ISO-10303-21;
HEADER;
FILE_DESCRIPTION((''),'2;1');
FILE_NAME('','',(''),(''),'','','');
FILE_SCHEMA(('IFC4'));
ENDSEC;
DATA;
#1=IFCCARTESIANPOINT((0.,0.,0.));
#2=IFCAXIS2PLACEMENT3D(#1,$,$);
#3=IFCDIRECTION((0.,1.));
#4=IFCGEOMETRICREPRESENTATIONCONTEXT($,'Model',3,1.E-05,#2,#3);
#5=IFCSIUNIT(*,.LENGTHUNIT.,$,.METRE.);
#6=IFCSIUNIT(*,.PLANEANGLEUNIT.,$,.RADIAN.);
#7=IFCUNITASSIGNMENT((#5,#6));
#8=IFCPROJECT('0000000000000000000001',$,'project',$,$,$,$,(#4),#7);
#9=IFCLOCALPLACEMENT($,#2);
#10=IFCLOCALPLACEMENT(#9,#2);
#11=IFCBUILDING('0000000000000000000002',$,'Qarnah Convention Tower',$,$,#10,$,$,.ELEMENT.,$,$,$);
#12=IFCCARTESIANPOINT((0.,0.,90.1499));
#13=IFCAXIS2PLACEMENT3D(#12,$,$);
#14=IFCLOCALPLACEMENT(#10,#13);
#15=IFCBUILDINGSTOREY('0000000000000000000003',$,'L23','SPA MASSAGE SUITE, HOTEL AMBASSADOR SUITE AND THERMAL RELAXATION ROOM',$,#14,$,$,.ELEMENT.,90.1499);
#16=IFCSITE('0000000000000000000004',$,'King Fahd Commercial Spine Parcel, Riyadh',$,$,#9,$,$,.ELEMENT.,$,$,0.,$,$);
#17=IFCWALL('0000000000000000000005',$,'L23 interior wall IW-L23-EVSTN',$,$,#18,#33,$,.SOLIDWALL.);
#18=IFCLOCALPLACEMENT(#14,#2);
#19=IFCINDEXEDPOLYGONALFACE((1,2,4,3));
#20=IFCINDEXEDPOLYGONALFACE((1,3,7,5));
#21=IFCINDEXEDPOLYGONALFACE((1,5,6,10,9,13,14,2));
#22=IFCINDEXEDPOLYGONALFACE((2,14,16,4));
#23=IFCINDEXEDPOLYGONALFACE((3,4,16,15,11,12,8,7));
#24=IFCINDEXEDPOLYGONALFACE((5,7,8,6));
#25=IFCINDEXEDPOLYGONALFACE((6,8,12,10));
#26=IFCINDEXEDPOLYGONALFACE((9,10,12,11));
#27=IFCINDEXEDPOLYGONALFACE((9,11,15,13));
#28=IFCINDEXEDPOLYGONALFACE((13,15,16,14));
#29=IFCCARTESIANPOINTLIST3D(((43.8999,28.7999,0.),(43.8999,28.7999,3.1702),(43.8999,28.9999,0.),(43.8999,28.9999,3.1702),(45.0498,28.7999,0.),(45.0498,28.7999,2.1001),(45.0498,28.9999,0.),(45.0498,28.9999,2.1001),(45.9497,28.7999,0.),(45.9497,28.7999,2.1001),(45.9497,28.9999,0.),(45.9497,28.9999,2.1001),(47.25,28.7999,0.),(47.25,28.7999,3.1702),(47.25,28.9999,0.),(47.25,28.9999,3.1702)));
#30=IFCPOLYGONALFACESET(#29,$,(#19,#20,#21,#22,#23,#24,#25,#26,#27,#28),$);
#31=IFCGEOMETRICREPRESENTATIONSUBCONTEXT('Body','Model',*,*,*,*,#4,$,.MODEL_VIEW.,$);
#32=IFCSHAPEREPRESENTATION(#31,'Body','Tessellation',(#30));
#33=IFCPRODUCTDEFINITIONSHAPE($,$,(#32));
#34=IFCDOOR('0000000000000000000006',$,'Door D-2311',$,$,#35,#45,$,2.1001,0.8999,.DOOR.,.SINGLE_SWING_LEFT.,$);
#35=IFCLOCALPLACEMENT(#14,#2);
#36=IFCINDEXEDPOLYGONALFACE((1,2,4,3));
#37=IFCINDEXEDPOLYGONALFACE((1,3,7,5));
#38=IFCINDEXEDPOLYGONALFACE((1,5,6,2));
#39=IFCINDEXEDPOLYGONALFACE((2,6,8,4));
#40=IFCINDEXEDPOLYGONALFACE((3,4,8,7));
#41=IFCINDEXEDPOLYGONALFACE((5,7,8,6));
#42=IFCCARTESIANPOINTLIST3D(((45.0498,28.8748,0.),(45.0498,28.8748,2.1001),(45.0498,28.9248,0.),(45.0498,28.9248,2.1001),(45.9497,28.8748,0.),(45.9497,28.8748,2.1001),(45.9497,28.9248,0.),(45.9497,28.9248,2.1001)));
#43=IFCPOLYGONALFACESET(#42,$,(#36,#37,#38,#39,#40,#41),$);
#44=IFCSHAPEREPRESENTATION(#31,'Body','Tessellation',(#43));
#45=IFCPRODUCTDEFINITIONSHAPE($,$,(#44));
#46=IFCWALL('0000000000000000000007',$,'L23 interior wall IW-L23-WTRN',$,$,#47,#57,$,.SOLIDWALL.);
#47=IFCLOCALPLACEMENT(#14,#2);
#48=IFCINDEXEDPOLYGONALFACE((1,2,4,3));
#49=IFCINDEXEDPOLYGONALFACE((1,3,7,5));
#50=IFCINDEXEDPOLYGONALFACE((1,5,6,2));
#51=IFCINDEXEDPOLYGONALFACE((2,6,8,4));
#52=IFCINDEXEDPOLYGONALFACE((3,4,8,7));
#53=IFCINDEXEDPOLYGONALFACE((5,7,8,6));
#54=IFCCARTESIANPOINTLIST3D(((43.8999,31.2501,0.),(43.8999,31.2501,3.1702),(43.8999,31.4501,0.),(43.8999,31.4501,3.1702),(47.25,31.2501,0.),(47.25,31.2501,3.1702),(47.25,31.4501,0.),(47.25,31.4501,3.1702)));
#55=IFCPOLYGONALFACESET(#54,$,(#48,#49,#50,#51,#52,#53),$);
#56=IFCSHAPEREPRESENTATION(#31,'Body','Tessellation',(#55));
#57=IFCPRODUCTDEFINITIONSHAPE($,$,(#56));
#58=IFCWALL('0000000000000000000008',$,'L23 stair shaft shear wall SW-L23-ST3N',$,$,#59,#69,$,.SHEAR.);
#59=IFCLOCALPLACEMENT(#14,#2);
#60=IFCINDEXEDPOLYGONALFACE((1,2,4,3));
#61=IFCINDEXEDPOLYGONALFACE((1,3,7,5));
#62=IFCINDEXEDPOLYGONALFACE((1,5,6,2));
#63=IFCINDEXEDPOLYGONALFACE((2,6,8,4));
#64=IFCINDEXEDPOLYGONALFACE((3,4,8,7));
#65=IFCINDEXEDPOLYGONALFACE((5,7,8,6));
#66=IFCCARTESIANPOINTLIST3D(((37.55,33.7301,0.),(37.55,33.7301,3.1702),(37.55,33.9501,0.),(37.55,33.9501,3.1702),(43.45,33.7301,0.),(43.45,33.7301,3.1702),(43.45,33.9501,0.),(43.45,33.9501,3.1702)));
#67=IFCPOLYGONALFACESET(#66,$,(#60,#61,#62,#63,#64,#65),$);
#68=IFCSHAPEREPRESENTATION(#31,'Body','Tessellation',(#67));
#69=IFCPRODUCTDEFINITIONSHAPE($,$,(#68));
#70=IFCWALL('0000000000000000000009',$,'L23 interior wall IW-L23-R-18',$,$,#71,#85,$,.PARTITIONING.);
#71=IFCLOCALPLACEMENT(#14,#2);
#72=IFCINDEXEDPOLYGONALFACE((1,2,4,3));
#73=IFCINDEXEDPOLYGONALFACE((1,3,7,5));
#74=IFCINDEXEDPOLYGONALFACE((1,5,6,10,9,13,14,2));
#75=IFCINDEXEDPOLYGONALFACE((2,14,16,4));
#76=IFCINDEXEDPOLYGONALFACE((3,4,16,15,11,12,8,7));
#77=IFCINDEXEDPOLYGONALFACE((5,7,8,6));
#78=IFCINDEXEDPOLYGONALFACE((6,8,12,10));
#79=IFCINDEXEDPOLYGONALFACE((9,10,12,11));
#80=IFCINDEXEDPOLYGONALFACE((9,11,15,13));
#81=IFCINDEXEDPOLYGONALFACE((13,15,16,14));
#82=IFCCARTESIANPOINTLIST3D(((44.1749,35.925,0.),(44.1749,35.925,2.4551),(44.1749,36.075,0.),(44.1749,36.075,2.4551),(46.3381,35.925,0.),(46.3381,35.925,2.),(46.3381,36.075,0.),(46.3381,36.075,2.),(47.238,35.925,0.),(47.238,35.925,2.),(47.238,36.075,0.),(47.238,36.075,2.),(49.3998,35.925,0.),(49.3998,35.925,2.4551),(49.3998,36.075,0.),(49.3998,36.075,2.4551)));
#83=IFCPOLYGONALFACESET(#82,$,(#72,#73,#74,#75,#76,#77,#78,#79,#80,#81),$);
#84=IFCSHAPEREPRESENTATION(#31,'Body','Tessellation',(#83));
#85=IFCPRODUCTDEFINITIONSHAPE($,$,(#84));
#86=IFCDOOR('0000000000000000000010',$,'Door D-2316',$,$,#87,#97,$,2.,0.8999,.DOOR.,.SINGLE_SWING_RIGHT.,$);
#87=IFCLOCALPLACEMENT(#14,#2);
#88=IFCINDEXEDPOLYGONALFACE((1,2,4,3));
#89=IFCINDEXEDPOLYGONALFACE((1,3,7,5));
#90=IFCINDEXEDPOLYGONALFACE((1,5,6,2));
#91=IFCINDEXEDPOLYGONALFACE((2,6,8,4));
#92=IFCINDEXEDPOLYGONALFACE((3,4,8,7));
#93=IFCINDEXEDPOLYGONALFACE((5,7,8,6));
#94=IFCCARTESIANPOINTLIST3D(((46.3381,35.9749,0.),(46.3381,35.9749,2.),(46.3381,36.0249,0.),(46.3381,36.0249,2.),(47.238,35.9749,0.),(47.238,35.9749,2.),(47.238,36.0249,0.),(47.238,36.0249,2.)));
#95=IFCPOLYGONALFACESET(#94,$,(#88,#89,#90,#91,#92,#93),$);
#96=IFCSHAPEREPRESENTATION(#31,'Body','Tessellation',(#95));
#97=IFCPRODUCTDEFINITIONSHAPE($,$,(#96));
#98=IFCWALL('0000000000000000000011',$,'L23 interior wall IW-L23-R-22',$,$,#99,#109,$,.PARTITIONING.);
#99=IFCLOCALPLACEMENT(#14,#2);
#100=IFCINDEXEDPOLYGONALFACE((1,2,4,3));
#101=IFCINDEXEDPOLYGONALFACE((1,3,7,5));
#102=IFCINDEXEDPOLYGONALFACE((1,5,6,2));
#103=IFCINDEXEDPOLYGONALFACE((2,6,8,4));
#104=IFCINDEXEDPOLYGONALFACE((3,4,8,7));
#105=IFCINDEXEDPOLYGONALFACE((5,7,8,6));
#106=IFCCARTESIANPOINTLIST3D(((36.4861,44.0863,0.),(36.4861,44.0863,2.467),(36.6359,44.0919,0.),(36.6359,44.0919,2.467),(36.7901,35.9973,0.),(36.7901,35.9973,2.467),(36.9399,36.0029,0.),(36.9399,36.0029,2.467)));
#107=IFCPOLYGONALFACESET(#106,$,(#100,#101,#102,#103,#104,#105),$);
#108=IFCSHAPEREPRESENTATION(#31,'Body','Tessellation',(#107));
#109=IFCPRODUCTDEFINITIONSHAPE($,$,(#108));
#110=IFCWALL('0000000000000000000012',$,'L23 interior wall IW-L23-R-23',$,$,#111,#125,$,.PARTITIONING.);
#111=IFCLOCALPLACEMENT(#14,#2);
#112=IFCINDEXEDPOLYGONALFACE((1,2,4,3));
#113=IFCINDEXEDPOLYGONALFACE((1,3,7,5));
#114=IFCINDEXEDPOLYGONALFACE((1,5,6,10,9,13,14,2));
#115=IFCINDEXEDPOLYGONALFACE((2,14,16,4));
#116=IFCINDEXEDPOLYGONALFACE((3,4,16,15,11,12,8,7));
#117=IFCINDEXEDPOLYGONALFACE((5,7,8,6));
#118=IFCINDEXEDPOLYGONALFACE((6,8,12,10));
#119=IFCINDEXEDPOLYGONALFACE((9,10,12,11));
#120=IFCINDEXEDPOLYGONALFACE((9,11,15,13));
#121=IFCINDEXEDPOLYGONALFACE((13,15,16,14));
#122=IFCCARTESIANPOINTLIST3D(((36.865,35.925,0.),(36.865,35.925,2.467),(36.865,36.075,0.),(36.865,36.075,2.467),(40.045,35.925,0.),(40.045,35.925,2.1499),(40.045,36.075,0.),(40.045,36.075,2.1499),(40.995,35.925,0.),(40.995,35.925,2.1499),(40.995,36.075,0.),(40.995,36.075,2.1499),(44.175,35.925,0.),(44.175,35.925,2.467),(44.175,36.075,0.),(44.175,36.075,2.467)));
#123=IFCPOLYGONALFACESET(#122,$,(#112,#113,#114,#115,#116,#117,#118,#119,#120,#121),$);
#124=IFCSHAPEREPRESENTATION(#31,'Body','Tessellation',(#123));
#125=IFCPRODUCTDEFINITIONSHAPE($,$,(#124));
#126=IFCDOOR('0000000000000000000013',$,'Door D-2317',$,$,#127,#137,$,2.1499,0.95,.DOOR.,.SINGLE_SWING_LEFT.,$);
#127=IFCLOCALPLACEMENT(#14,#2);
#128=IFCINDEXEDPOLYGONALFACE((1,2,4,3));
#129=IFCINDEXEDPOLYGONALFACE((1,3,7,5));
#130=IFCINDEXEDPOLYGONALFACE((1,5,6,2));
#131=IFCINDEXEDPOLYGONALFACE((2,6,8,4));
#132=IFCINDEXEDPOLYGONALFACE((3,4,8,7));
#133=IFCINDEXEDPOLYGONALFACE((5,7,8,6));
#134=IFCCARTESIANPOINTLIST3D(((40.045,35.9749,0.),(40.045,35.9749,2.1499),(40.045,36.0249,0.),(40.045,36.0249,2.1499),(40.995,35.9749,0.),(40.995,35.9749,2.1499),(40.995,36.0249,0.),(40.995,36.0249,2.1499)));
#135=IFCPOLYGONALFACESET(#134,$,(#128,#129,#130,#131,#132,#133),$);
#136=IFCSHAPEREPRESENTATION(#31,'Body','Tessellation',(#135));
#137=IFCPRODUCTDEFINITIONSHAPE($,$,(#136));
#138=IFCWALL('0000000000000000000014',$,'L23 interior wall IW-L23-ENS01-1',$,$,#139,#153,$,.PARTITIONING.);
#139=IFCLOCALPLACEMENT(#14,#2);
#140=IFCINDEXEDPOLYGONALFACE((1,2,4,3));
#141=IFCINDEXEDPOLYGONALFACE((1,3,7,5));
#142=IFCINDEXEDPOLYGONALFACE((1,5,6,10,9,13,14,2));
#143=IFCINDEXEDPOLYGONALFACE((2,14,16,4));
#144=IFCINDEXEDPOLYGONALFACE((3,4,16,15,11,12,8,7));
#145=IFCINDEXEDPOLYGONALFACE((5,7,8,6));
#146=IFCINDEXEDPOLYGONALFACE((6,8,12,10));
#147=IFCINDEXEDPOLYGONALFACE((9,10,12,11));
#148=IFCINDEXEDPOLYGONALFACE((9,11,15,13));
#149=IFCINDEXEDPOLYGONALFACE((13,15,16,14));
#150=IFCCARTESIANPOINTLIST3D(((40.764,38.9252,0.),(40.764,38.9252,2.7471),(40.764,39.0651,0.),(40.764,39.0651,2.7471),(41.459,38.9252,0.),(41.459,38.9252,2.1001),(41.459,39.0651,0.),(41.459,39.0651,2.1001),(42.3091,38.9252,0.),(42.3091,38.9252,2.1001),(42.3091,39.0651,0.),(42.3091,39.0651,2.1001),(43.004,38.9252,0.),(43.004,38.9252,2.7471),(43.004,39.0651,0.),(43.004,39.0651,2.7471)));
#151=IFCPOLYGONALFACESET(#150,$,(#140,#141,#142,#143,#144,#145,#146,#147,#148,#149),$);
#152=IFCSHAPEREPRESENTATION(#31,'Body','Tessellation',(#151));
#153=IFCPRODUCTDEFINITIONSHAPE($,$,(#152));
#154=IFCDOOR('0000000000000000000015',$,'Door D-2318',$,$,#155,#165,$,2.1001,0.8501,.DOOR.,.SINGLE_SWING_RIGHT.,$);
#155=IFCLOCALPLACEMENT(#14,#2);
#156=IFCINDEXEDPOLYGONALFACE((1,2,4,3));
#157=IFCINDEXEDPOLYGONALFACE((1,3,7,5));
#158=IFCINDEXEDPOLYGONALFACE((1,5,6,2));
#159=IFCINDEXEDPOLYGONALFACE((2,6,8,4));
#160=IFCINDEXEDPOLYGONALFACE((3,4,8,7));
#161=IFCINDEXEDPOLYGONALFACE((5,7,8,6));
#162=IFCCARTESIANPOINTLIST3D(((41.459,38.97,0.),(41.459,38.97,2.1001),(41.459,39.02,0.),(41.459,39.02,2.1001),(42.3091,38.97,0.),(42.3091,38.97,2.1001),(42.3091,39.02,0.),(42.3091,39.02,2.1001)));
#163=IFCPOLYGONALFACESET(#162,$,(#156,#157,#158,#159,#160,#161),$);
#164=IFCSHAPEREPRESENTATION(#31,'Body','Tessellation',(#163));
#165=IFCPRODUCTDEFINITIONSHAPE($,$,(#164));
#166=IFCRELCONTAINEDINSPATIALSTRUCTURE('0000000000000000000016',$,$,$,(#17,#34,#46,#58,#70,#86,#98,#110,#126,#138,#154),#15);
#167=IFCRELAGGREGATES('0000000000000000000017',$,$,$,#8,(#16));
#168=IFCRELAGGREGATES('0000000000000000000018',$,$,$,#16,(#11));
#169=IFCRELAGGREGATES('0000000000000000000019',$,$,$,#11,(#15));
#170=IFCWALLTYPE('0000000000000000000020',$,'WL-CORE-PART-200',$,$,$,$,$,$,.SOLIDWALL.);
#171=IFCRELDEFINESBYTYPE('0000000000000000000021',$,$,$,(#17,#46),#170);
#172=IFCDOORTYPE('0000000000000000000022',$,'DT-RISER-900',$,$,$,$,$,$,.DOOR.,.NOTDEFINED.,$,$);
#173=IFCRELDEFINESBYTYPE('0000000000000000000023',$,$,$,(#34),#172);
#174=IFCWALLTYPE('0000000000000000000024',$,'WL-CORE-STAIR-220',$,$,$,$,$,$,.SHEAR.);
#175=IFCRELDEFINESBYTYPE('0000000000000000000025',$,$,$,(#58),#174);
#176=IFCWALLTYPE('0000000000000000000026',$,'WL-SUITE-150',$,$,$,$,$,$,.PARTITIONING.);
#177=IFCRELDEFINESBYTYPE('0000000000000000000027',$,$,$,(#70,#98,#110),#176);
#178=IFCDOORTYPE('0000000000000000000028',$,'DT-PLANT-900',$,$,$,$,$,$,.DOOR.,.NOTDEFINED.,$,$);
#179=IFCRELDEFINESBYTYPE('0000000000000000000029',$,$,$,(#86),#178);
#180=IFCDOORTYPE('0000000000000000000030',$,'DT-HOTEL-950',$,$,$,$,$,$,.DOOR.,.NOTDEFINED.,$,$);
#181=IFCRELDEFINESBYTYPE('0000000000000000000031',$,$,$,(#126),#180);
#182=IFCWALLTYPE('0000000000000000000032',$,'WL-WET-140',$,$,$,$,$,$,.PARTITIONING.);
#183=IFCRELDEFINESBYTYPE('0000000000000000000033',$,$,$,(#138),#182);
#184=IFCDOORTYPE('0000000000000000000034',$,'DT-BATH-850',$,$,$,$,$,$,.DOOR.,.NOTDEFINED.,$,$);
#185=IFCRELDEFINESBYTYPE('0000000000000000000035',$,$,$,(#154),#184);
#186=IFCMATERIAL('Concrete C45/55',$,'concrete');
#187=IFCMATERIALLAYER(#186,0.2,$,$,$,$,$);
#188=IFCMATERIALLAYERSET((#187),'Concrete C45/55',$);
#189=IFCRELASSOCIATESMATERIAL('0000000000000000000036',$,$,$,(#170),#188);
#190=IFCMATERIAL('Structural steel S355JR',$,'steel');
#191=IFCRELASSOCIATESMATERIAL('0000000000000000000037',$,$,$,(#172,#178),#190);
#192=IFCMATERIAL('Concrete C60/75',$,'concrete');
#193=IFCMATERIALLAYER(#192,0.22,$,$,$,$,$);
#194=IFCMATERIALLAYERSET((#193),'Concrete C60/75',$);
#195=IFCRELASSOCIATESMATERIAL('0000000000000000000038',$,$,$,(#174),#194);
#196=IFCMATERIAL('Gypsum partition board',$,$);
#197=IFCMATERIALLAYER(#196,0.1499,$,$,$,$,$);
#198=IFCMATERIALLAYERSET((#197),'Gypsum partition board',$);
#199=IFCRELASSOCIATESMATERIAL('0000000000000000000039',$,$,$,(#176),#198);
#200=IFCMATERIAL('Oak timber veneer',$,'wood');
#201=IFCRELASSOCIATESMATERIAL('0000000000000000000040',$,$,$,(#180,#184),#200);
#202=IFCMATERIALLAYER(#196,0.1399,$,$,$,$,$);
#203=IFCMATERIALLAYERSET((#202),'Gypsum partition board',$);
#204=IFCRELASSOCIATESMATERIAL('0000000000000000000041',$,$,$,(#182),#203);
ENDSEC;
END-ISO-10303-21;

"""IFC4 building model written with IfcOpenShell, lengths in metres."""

from ifc_helpers import new_model, si_unit, direction, frame, frame_2d, origin, place, context, subcontext, project, spatial, rectangle, extrude, material, layer, layer_set, type_object, element, fill, save


model = new_model("IFC4")

# Units and contexts
model_context = context("Model", 3, precision=1e-05, world=origin(), true_north=direction((0.0, 1.0)))
body_context = subcontext(model_context, "Body", "Model", "MODEL_VIEW")
ifc_project = project(units=[si_unit("LENGTHUNIT", "METRE"), si_unit("PLANEANGLEUNIT", "RADIAN")], contexts=[model_context])

# Site, building, storey
site_placement = place(None, origin())
site = spatial("IfcSite", under=ifc_project, at=site_placement, Name="King Fahd Commercial Spine Parcel, Riyadh", CompositionType="ELEMENT", RefElevation=0.0)
building_placement = place(site_placement, origin())
building = spatial("IfcBuilding", under=site, at=building_placement, Name="Qarnah Convention Tower", CompositionType="ELEMENT")
storey_placement = place(building_placement, frame((0.0, 0.0, 90.1499)))
storey = spatial("IfcBuildingStorey", under=building, at=storey_placement, Name="L23", Description="SPA MASSAGE SUITE, HOTEL AMBASSADOR SUITE AND THERMAL RELAXATION ROOM", CompositionType="ELEMENT", Elevation=90.1499)

# Shared definitions
ifc_material_1 = material(Name="Concrete C60/75", Category="concrete")

# Shared definitions
ifc_material_2 = material(Name="Structural steel S355JR", Category="steel")

# Wall, opening, door
ifc_material_3 = material(Name="Concrete C45/55", Category="concrete")
ifc_layer_1 = layer(ifc_material_3, 0.2)
ifc_layer_set_1 = layer_set([ifc_layer_1], Name="Concrete C45/55")
wall_type_1 = type_object("IfcWallType", Name="WL-CORE-PART-200", PredefinedType="SOLIDWALL", material=ifc_layer_set_1)
wall_1_placement = place(storey_placement, frame((43.8999, 28.8999, 0.0), z_axis=(0.0, 0.0, 1.0), x_axis=(1.0, 0.0, 0.0)))
wall_1 = element("IfcWall", 1, at=wall_1_placement, inside=storey, type_object=wall_type_1, Name="L23 interior wall IW-L23-EVSTN", PredefinedType="SOLIDWALL", context=body_context, shape_type="SweptSolid", body=[
    extrude(rectangle(XDim=3.3501, YDim=0.2, at=frame_2d((1.675, 0.0))), origin(), (0.0, 0.0, 1.0), 3.1702),
])
opening_1_placement = place(wall_1_placement, frame((1.1499, 0.0, 0.0)))
opening_1 = element("IfcOpeningElement", 2, at=opening_1_placement, cuts=wall_1, PredefinedType="OPENING", context=body_context, shape_type="SweptSolid", body=[
    extrude(rectangle(XDim=0.8999, YDim=2.1001, at=frame_2d((0.45, 1.05))), frame((0.0, 0.1099, 0.0), z_axis=(0.0, -1.0, 0.0), x_axis=(1.0, 0.0, 0.0)), (0.0, 0.0, 1.0), 0.22),
])
door_type_1 = type_object("IfcDoorType", Name="DT-RISER-900", OperationType="NOTDEFINED", PredefinedType="DOOR", material=ifc_material_2)
door_1_placement = place(opening_1_placement, origin())
door_1 = element("IfcDoor", 3, at=door_1_placement, inside=storey, type_object=door_type_1, Name="Door D-2311", OperationType="SINGLE_SWING_LEFT", OverallHeight=2.1001, OverallWidth=0.8999, PredefinedType="DOOR", context=body_context, shape_type="SweptSolid", body=[
    extrude(rectangle(XDim=0.8999, YDim=2.1001, at=frame_2d((0.45, 1.05))), frame((0.0, 0.0249, 0.0), z_axis=(0.0, -1.0, 0.0), x_axis=(1.0, 0.0, 0.0)), (0.0, 0.0, 1.0), 0.05),
])
fill(opening_1, door_1)

# Walls
wall_2_placement = place(storey_placement, frame((43.8999, 31.3501, 0.0), z_axis=(0.0, 0.0, 1.0), x_axis=(1.0, 0.0, 0.0)))
element("IfcWall", 4, at=wall_2_placement, inside=storey, type_object=wall_type_1, Name="L23 interior wall IW-L23-WTRN", PredefinedType="SOLIDWALL", context=body_context, shape_type="SweptSolid", body=[
    extrude(rectangle(XDim=3.3501, YDim=0.2, at=frame_2d((1.675, 0.0))), origin(), (0.0, 0.0, 1.0), 3.1702),
])
ifc_layer_2 = layer(ifc_material_1, 0.22)
ifc_layer_set_2 = layer_set([ifc_layer_2], Name="Concrete C60/75")
wall_type_2 = type_object("IfcWallType", Name="WL-CORE-STAIR-220", PredefinedType="SHEAR", material=ifc_layer_set_2)
wall_3_placement = place(storey_placement, frame((37.55, 33.8401, 0.0), z_axis=(0.0, 0.0, 1.0), x_axis=(1.0, 0.0, 0.0)))
element("IfcWall", 5, at=wall_3_placement, inside=storey, type_object=wall_type_2, Name="L23 stair shaft shear wall SW-L23-ST3N", PredefinedType="SHEAR", context=body_context, shape_type="SweptSolid", body=[
    extrude(rectangle(XDim=5.8999, YDim=0.22, at=frame_2d((2.95, 0.0))), origin(), (0.0, 0.0, 1.0), 3.1702),
])

# Wall, opening, door
ifc_material_4 = material(Name="Gypsum partition board")
ifc_layer_3 = layer(ifc_material_4, 0.1499)
ifc_layer_set_3 = layer_set([ifc_layer_3], Name="Gypsum partition board")
wall_type_3 = type_object("IfcWallType", Name="WL-SUITE-150", PredefinedType="PARTITIONING", material=ifc_layer_set_3)
wall_4_placement = place(storey_placement, frame((44.175, 36.0, 0.0), z_axis=(0.0, 0.0, 1.0), x_axis=(1.0, 0.0, 0.0)))
wall_4 = element("IfcWall", 6, at=wall_4_placement, inside=storey, type_object=wall_type_3, Name="L23 interior wall IW-L23-R-18", PredefinedType="PARTITIONING", context=body_context, shape_type="SweptSolid", body=[
    extrude(rectangle(XDim=5.2249, YDim=0.1499, at=frame_2d((2.6123, 0.0))), origin(), (0.0, 0.0, 1.0), 2.4551),
])
opening_2_placement = place(wall_4_placement, frame((2.1631, 0.0, 0.0)))
opening_2 = element("IfcOpeningElement", 7, at=opening_2_placement, cuts=wall_4, PredefinedType="OPENING", context=body_context, shape_type="SweptSolid", body=[
    extrude(rectangle(XDim=0.8999, YDim=2.0, at=frame_2d((0.45, 1.0))), frame((0.0, 0.085, 0.0), z_axis=(0.0, -1.0, 0.0), x_axis=(1.0, 0.0, 0.0)), (0.0, 0.0, 1.0), 0.1699),
])
door_type_2 = type_object("IfcDoorType", Name="DT-PLANT-900", OperationType="NOTDEFINED", PredefinedType="DOOR", material=ifc_material_2)
door_2_placement = place(opening_2_placement, origin())
door_2 = element("IfcDoor", 8, at=door_2_placement, inside=storey, type_object=door_type_2, Name="Door D-2316", OperationType="SINGLE_SWING_RIGHT", OverallHeight=2.0, OverallWidth=0.8999, PredefinedType="DOOR", context=body_context, shape_type="SweptSolid", body=[
    extrude(rectangle(XDim=0.8999, YDim=2.0, at=frame_2d((0.45, 1.0))), frame((0.0, 0.0249, 0.0), z_axis=(0.0, -1.0, 0.0), x_axis=(1.0, 0.0, 0.0)), (0.0, 0.0, 1.0), 0.05),
])
fill(opening_2, door_2)

# Wall
wall_5_placement = place(storey_placement, frame((36.561, 44.0891, 0.0), z_axis=(0.0, 0.0, 1.0), x_axis=(0.037549, -0.999295, 0.0)))
element("IfcWall", 9, at=wall_5_placement, inside=storey, type_object=wall_type_3, Name="L23 interior wall IW-L23-R-22", PredefinedType="PARTITIONING", context=body_context, shape_type="SweptSolid", body=[
    extrude(rectangle(XDim=8.0947, YDim=0.1499, at=frame_2d((4.0474, 0.0))), origin(), (0.0, 0.0, 1.0), 2.467),
])

# Walls, openings, doors
wall_6_placement = place(storey_placement, frame((36.865, 36.0, 0.0), z_axis=(0.0, 0.0, 1.0), x_axis=(1.0, 0.0, 0.0)))
wall_6 = element("IfcWall", 10, at=wall_6_placement, inside=storey, type_object=wall_type_3, Name="L23 interior wall IW-L23-R-23", PredefinedType="PARTITIONING", context=body_context, shape_type="SweptSolid", body=[
    extrude(rectangle(XDim=7.3101, YDim=0.1499, at=frame_2d((3.655, 0.0))), origin(), (0.0, 0.0, 1.0), 2.467),
])
opening_3_placement = place(wall_6_placement, frame((3.1799, 0.0, 0.0)))
opening_3 = element("IfcOpeningElement", 11, at=opening_3_placement, cuts=wall_6, PredefinedType="OPENING", context=body_context, shape_type="SweptSolid", body=[
    extrude(rectangle(XDim=0.95, YDim=2.1499, at=frame_2d((0.4751, 1.075))), frame((0.0, 0.085, 0.0), z_axis=(0.0, -1.0, 0.0), x_axis=(1.0, 0.0, 0.0)), (0.0, 0.0, 1.0), 0.1699),
])
ifc_material_5 = material(Name="Oak timber veneer", Category="wood")
door_type_3 = type_object("IfcDoorType", Name="DT-HOTEL-950", OperationType="NOTDEFINED", PredefinedType="DOOR", material=ifc_material_5)
door_3_placement = place(opening_3_placement, origin())
door_3 = element("IfcDoor", 12, at=door_3_placement, inside=storey, type_object=door_type_3, Name="Door D-2317", OperationType="SINGLE_SWING_LEFT", OverallHeight=2.1499, OverallWidth=0.95, PredefinedType="DOOR", context=body_context, shape_type="SweptSolid", body=[
    extrude(rectangle(XDim=0.95, YDim=2.1499, at=frame_2d((0.4751, 1.075))), frame((0.0, 0.0249, 0.0), z_axis=(0.0, -1.0, 0.0), x_axis=(1.0, 0.0, 0.0)), (0.0, 0.0, 1.0), 0.05),
])
fill(opening_3, door_3)
ifc_layer_4 = layer(ifc_material_4, 0.1399)
ifc_layer_set_4 = layer_set([ifc_layer_4], Name="Gypsum partition board")
wall_type_4 = type_object("IfcWallType", Name="WL-WET-140", PredefinedType="PARTITIONING", material=ifc_layer_set_4)
wall_7_placement = place(storey_placement, frame((40.7639, 38.9951, 0.0), z_axis=(0.0, 0.0, 1.0), x_axis=(1.0, 0.0, 0.0)))
wall_7 = element("IfcWall", 13, at=wall_7_placement, inside=storey, type_object=wall_type_4, Name="L23 interior wall IW-L23-ENS01-1", PredefinedType="PARTITIONING", context=body_context, shape_type="SweptSolid", body=[
    extrude(rectangle(XDim=2.24, YDim=0.1399, at=frame_2d((1.1201, 0.0))), origin(), (0.0, 0.0, 1.0), 2.7471),
])
opening_4_placement = place(wall_7_placement, frame((0.6951, 0.0, 0.0)))
opening_4 = element("IfcOpeningElement", 14, at=opening_4_placement, cuts=wall_7, PredefinedType="OPENING", context=body_context, shape_type="SweptSolid", body=[
    extrude(rectangle(XDim=0.8501, YDim=2.1001, at=frame_2d((0.425, 1.05))), frame((0.0, 0.0798, 0.0), z_axis=(0.0, -1.0, 0.0), x_axis=(1.0, 0.0, 0.0)), (0.0, 0.0, 1.0), 0.1599),
])
door_type_4 = type_object("IfcDoorType", Name="DT-BATH-850", OperationType="NOTDEFINED", PredefinedType="DOOR", material=ifc_material_5)
door_4_placement = place(opening_4_placement, origin())
door_4 = element("IfcDoor", 15, at=door_4_placement, inside=storey, type_object=door_type_4, Name="Door D-2318", OperationType="SINGLE_SWING_RIGHT", OverallHeight=2.1001, OverallWidth=0.8501, PredefinedType="DOOR", context=body_context, shape_type="SweptSolid", body=[
    extrude(rectangle(XDim=0.8501, YDim=2.1001, at=frame_2d((0.425, 1.05))), frame((0.0, 0.0249, 0.0), z_axis=(0.0, -1.0, 0.0), x_axis=(1.0, 0.0, 0.0)), (0.0, 0.0, 1.0), 0.05),
])
fill(opening_4, door_4)

save(model, "model.ifc")
